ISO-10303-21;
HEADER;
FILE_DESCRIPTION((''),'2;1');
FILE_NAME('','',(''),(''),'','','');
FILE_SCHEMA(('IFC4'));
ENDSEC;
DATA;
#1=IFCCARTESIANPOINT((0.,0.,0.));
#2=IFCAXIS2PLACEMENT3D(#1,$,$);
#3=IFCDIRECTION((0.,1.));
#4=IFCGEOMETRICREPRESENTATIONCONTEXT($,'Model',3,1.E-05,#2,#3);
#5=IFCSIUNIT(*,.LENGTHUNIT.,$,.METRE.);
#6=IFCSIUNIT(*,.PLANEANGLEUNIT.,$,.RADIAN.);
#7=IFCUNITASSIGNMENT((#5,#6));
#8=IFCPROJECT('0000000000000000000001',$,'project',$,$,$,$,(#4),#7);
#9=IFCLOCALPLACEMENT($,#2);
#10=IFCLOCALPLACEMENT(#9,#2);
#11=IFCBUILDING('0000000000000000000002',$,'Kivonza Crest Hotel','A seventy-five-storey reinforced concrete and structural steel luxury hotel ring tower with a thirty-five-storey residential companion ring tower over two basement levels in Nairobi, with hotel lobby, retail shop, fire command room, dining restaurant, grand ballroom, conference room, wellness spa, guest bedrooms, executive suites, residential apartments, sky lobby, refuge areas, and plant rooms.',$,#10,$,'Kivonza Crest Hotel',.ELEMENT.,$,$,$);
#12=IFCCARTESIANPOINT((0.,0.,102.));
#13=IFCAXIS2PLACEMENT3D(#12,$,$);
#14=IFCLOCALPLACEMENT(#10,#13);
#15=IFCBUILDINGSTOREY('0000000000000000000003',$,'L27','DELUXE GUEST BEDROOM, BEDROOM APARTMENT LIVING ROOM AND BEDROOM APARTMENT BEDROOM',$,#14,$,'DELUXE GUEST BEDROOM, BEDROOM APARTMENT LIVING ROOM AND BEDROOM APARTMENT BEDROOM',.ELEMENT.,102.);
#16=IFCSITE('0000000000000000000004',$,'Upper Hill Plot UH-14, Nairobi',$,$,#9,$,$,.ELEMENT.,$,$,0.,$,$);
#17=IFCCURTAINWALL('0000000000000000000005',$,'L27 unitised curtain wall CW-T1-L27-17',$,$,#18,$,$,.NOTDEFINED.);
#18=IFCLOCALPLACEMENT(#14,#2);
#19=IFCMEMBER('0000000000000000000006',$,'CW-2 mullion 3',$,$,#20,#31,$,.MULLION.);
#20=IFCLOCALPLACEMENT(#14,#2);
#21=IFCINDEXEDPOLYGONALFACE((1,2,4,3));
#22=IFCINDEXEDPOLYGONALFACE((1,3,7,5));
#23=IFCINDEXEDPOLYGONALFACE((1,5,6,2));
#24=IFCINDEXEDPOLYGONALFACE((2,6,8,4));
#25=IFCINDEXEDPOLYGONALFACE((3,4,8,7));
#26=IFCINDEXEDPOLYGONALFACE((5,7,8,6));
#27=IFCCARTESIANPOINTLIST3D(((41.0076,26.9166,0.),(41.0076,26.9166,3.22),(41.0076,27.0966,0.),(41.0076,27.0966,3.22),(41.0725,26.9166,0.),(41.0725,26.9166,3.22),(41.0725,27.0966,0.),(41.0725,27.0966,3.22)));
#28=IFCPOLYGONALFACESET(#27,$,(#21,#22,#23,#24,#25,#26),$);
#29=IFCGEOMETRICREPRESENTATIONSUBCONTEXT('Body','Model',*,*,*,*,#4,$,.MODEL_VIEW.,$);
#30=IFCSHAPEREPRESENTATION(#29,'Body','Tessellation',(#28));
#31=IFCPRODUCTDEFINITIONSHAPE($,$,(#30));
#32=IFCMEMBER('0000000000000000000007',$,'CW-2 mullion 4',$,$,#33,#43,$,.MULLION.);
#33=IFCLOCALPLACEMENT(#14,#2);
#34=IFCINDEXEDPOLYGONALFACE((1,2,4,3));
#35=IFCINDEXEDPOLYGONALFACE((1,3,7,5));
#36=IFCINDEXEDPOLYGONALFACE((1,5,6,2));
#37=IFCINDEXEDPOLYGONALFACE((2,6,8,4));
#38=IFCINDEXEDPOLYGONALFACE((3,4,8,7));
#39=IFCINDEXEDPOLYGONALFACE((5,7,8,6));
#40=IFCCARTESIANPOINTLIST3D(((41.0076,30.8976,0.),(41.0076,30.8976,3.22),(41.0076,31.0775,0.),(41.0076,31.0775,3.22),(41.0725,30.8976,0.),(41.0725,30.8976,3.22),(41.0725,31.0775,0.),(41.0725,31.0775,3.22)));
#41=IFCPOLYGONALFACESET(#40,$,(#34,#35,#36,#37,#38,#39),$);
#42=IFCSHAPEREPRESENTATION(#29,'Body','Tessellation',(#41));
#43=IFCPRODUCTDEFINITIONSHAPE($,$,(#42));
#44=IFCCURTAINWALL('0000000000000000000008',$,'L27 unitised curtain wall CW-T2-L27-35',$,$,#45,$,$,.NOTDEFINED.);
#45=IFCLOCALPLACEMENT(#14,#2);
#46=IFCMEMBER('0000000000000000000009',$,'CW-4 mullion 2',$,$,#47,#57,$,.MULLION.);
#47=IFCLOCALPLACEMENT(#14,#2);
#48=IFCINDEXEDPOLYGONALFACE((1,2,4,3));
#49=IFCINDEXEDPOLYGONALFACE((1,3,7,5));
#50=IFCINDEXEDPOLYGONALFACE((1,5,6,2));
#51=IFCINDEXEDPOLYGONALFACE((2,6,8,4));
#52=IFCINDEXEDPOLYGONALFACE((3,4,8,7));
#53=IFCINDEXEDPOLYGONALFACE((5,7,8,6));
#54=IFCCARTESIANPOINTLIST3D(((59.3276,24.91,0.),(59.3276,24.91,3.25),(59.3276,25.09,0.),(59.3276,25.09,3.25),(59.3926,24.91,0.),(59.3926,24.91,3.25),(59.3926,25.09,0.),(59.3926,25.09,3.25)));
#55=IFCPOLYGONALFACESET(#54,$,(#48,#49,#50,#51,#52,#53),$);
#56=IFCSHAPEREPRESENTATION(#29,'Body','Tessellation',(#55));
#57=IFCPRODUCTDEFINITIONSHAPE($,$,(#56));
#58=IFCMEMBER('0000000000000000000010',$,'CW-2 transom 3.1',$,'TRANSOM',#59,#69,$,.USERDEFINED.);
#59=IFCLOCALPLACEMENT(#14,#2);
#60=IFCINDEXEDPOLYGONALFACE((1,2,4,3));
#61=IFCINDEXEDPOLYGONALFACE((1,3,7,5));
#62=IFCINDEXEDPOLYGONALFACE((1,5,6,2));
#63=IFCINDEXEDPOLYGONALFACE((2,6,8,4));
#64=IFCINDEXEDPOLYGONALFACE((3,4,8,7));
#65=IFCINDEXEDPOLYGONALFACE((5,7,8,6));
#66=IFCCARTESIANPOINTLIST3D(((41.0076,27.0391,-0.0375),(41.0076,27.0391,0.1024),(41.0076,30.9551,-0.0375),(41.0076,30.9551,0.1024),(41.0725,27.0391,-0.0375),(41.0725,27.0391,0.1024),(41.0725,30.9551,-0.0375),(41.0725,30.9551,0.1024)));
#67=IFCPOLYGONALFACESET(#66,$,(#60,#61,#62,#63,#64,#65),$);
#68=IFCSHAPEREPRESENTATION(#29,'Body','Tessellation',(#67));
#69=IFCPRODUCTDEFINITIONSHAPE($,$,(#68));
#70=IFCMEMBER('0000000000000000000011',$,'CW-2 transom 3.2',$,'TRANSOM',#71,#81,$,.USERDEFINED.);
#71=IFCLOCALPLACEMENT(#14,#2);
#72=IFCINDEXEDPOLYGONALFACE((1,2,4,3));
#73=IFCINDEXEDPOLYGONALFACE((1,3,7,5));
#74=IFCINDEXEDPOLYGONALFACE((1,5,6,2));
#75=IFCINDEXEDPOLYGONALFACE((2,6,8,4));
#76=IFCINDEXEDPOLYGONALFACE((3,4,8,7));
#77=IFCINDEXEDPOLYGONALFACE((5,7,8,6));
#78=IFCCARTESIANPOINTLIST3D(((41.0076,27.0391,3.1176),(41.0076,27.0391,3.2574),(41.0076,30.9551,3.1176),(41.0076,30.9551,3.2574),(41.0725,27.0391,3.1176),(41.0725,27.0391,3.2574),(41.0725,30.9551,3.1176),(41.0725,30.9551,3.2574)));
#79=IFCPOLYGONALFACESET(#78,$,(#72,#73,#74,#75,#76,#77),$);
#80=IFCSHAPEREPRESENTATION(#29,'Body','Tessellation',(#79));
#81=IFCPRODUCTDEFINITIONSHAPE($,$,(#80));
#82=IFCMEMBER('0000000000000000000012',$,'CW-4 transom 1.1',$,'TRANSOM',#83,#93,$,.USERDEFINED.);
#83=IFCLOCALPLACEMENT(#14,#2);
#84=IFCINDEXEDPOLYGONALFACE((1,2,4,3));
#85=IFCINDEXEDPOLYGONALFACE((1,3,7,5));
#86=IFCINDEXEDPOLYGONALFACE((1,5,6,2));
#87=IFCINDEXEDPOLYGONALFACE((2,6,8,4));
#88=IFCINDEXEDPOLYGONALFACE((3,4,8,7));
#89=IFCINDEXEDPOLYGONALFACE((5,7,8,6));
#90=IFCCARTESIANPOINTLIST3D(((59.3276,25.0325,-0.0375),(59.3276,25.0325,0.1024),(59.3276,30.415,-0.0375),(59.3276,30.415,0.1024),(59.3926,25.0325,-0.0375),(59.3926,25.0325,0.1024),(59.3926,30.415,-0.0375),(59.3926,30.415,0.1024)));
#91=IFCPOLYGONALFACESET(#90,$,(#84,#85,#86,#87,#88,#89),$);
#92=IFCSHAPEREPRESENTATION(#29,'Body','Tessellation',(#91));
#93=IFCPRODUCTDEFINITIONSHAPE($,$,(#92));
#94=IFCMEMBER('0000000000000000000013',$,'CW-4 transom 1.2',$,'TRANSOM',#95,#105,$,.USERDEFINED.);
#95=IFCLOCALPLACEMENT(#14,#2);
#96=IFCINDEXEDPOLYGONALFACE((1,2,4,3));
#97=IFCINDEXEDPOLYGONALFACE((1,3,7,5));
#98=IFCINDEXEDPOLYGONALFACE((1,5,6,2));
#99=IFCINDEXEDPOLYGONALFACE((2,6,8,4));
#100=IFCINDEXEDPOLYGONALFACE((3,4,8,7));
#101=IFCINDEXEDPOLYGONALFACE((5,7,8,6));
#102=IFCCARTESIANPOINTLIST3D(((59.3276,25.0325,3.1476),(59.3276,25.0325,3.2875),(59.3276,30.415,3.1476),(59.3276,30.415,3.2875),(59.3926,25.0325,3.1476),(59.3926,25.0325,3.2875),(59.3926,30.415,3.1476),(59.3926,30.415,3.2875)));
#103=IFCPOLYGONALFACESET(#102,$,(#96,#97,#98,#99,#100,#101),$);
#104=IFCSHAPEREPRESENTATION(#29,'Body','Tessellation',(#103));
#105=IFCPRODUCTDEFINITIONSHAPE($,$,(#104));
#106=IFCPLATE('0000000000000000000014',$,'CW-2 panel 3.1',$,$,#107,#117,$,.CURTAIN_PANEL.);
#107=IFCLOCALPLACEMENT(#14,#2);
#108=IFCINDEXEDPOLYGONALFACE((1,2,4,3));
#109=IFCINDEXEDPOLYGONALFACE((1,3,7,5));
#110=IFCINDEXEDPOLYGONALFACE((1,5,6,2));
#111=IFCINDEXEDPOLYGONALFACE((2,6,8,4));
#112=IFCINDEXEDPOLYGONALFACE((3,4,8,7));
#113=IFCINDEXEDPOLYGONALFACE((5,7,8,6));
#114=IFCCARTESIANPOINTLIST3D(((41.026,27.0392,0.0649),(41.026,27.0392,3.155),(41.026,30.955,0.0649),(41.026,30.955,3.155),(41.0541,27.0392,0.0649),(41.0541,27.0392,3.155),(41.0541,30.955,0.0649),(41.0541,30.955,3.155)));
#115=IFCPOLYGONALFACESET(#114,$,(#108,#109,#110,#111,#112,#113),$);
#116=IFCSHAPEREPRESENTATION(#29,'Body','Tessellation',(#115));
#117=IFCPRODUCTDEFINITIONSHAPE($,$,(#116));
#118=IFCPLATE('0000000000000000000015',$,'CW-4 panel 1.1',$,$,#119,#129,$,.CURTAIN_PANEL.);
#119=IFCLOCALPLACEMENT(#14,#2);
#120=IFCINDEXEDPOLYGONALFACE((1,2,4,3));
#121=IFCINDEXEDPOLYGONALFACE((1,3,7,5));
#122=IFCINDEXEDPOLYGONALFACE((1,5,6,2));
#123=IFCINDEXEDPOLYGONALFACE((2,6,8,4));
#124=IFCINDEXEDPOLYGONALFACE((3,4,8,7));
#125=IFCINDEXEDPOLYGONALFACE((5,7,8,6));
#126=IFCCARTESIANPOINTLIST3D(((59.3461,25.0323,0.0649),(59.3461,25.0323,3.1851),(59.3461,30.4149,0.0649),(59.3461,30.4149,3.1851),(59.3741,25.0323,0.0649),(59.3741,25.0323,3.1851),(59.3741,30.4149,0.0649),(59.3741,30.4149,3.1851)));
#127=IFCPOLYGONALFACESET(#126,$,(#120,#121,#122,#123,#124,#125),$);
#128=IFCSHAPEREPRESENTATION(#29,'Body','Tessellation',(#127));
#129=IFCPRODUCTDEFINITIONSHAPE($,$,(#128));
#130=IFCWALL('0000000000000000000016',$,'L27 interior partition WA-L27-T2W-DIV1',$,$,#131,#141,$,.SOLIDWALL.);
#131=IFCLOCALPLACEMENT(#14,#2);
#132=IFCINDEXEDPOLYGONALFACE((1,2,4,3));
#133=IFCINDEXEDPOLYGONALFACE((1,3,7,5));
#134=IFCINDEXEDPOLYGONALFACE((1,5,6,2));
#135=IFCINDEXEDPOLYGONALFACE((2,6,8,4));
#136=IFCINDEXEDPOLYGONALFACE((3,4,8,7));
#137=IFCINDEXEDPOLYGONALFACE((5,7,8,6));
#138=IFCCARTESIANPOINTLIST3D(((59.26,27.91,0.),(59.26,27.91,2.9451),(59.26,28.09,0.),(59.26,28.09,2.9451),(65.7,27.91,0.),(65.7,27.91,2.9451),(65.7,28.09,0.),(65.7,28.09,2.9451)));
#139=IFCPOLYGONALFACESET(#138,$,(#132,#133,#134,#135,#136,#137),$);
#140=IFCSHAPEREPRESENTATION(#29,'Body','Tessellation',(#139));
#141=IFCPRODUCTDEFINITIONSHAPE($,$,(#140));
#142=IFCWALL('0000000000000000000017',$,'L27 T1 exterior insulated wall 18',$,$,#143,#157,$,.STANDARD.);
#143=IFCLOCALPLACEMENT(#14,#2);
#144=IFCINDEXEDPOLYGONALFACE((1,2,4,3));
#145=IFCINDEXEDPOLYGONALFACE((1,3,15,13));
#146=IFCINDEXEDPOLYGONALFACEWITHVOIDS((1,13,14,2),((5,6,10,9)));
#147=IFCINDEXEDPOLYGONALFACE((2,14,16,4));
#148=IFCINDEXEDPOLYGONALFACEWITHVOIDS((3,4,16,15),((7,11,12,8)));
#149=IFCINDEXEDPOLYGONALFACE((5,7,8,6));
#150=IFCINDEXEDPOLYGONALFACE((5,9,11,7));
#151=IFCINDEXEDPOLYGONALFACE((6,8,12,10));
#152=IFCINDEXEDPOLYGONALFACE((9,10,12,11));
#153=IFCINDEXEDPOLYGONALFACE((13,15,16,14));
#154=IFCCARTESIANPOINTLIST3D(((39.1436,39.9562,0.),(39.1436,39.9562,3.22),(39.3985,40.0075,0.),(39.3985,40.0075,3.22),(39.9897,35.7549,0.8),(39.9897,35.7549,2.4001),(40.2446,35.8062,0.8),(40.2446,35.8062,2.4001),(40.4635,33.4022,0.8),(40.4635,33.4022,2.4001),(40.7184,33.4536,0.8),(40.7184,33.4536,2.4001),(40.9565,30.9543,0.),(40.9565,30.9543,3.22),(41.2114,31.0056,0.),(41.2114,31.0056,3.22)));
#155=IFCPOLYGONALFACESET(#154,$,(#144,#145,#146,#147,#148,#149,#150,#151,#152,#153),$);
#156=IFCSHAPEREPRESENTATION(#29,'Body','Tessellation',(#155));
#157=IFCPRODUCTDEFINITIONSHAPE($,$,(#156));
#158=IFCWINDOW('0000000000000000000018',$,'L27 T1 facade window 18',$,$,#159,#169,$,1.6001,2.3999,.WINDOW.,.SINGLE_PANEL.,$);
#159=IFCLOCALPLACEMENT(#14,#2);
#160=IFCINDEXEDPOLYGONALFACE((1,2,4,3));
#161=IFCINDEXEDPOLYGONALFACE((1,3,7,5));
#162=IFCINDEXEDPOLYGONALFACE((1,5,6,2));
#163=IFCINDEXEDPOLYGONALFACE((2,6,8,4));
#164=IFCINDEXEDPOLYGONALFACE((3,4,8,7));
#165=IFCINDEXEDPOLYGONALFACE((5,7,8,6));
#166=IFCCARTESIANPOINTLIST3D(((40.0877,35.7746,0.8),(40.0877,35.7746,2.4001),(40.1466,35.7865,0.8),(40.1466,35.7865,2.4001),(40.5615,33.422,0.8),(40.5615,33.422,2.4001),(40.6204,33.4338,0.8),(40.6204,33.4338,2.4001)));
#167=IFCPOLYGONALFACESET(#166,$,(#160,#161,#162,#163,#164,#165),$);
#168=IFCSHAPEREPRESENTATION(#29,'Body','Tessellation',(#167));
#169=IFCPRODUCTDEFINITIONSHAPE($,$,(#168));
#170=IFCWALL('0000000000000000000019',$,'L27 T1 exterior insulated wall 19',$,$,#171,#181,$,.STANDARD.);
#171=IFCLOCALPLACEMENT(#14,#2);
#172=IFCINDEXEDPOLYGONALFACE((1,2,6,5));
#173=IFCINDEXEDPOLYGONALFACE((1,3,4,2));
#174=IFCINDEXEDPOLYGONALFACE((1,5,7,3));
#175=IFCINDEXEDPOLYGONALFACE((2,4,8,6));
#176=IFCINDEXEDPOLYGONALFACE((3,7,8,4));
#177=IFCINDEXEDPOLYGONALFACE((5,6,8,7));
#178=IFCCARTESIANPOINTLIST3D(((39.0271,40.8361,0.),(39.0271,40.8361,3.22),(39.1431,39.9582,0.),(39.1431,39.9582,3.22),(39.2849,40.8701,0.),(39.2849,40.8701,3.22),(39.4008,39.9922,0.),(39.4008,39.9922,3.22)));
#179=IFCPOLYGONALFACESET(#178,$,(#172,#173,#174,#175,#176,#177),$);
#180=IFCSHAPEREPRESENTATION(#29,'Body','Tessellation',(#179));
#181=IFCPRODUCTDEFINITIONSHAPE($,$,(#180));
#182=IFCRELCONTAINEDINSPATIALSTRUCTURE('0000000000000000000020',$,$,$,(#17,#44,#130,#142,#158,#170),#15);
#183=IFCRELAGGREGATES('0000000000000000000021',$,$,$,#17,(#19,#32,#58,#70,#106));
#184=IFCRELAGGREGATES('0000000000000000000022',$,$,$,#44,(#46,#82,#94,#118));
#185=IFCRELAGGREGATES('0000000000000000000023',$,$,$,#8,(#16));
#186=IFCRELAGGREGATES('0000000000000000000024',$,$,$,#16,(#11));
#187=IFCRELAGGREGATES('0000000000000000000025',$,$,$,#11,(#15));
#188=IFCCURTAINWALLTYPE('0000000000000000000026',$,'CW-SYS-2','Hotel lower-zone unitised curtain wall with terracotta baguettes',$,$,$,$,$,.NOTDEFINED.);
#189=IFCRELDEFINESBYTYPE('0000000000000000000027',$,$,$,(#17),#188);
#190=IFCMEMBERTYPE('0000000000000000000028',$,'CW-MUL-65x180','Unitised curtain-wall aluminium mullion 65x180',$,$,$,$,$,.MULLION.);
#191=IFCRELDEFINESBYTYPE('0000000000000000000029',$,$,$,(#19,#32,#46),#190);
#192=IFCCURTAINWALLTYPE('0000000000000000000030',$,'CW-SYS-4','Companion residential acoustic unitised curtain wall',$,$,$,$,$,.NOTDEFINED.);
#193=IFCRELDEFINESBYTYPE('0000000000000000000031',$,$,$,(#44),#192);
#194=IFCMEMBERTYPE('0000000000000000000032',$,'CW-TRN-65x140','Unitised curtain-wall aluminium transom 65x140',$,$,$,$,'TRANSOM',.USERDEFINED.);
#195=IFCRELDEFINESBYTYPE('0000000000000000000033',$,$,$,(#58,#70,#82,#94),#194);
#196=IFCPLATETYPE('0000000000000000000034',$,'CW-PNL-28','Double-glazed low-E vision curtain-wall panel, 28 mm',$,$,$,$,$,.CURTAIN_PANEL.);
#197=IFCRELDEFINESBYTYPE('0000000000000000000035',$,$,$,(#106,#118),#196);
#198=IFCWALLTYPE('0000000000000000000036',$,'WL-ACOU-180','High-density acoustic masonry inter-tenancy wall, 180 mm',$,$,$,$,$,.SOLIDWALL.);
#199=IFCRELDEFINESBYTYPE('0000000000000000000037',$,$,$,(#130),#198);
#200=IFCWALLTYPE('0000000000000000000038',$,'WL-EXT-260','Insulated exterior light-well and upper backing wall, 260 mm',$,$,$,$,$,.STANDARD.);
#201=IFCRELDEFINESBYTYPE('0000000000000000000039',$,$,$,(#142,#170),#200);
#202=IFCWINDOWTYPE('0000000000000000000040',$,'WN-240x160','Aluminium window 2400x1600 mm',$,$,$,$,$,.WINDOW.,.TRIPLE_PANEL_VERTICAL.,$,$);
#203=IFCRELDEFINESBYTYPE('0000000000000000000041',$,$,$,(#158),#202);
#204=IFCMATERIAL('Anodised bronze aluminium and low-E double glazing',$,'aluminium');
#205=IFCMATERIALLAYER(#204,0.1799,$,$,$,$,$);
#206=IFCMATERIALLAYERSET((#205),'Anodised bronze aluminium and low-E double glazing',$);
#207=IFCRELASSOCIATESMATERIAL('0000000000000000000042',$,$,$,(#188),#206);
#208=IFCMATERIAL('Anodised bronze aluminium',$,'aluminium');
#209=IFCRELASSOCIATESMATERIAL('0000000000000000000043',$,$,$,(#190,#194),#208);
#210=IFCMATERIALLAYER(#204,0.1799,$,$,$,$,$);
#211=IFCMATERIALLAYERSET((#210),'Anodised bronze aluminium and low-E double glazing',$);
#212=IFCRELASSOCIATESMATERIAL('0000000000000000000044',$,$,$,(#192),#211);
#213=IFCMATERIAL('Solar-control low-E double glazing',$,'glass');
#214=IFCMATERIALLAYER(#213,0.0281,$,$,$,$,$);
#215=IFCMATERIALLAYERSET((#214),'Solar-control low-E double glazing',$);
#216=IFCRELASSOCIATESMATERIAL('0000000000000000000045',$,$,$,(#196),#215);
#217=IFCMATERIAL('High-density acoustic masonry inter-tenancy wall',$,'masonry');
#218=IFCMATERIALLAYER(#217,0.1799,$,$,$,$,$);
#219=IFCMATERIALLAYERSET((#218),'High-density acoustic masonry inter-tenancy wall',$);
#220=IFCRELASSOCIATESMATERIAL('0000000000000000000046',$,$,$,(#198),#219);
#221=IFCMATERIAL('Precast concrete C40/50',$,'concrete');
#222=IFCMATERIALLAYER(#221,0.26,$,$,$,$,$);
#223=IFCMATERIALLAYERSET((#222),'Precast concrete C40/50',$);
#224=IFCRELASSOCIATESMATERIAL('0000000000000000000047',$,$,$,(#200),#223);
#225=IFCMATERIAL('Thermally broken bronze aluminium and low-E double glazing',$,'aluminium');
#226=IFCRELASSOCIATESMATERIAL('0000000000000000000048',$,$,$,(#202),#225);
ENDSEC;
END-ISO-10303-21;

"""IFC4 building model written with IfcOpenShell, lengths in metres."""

from ifc_helpers import new_model, si_unit, direction, frame, frame_2d, origin, origin_2d, place, context, subcontext, project, spatial, rectangle, extrude, material, layer, layer_set, material_profile, profile_set, type_object, element, fill, aggregate, save


model = new_model("IFC4")

# Units and contexts
model_context = context("Model", 3, precision=1e-05, world=origin(), true_north=direction((0.0, 1.0)))
body_context = subcontext(model_context, "Body", "Model", "MODEL_VIEW")
ifc_project = project(units=[si_unit("LENGTHUNIT", "METRE"), si_unit("PLANEANGLEUNIT", "RADIAN")], contexts=[model_context])

# Site, building, storey
site_placement = place(None, origin())
site = spatial("IfcSite", under=ifc_project, at=site_placement, Name="Upper Hill Plot UH-14, Nairobi", CompositionType="ELEMENT", RefElevation=0.0)
building_placement = place(site_placement, origin())
building = spatial("IfcBuilding", under=site, at=building_placement, Name="Kivonza Crest Hotel", Description="A seventy-five-storey reinforced concrete and structural steel luxury hotel ring tower with a thirty-five-storey residential companion ring tower over two basement levels in Nairobi, with hotel lobby, retail shop, fire command room, dining restaurant, grand ballroom, conference room, wellness spa, guest bedrooms, executive suites, residential apartments, sky lobby, refuge areas, and plant rooms.", LongName="Kivonza Crest Hotel", CompositionType="ELEMENT")
storey_placement = place(building_placement, frame((0.0, 0.0, 102.0)))
storey = spatial("IfcBuildingStorey", under=building, at=storey_placement, Name="L27", Description="DELUXE GUEST BEDROOM, BEDROOM APARTMENT LIVING ROOM AND BEDROOM APARTMENT BEDROOM", LongName="DELUXE GUEST BEDROOM, BEDROOM APARTMENT LIVING ROOM AND BEDROOM APARTMENT BEDROOM", CompositionType="ELEMENT", Elevation=102.0)

# Curtain wall, members
ifc_material_1 = material(Name="Anodised bronze aluminium and low-E double glazing", Category="aluminium")
ifc_layer_1 = layer(ifc_material_1, 0.1799)
ifc_layer_set_1 = layer_set([ifc_layer_1], Name="Anodised bronze aluminium and low-E double glazing")
curtain_wall_type_1 = type_object("IfcCurtainWallType", Name="CW-SYS-2", Description="Hotel lower-zone unitised curtain wall with terracotta baguettes", PredefinedType="NOTDEFINED", material=ifc_layer_set_1)
curtain_wall_1_placement = place(storey_placement, origin())
curtain_wall_1 = element("IfcCurtainWall", 1, at=curtain_wall_1_placement, inside=storey, type_object=curtain_wall_type_1, Name="L27 unitised curtain wall CW-T1-L27-17", PredefinedType="NOTDEFINED")
ifc_material_2 = material(Name="Anodised bronze aluminium", Category="aluminium")
ifc_material_profile_1 = material_profile(ifc_material_2, rectangle(XDim=0.0649, YDim=0.1799, at=origin_2d()), Name="CW-M 65x180")
ifc_profile_set_1 = profile_set([ifc_material_profile_1], Name="Anodised bronze aluminium")
member_type_1 = type_object("IfcMemberType", Name="CW-MUL-65x180", Description="Unitised curtain-wall aluminium mullion 65x180", PredefinedType="MULLION", material=ifc_profile_set_1)
member_1_placement = place(storey_placement, frame((41.04, 27.0066, 0.0), z_axis=(0.0, 0.0, 1.0), x_axis=(-1.0, 0.0, 0.0)))
member_1 = element("IfcMember", 2, at=member_1_placement, type_object=member_type_1, Name="CW-2 mullion 3", PredefinedType="MULLION", context=body_context, shape_type="SweptSolid", body=[
    extrude(rectangle(XDim=0.0649, YDim=0.1799, at=origin_2d()), origin(), (0.0, 0.0, 1.0), 3.22),
])
member_2_placement = place(storey_placement, frame((41.04, 30.9875, 0.0), z_axis=(0.0, 0.0, 1.0), x_axis=(-1.0, 0.0, 0.0)))
member_2 = element("IfcMember", 3, at=member_2_placement, type_object=member_type_1, Name="CW-2 mullion 4", PredefinedType="MULLION", context=body_context, shape_type="SweptSolid", body=[
    extrude(rectangle(XDim=0.0649, YDim=0.1799, at=origin_2d()), origin(), (0.0, 0.0, 1.0), 3.22),
])

# Curtain wall, member
ifc_layer_2 = layer(ifc_material_1, 0.1799)
ifc_layer_set_2 = layer_set([ifc_layer_2], Name="Anodised bronze aluminium and low-E double glazing")
curtain_wall_type_2 = type_object("IfcCurtainWallType", Name="CW-SYS-4", Description="Companion residential acoustic unitised curtain wall", PredefinedType="NOTDEFINED", material=ifc_layer_set_2)
curtain_wall_2_placement = place(storey_placement, origin())
curtain_wall_2 = element("IfcCurtainWall", 4, at=curtain_wall_2_placement, inside=storey, type_object=curtain_wall_type_2, Name="L27 unitised curtain wall CW-T2-L27-35", PredefinedType="NOTDEFINED")
member_3_placement = place(storey_placement, frame((59.3601, 25.0, 0.0), z_axis=(0.0, 0.0, 1.0), x_axis=(1.0, 0.0, 0.0)))
member_3 = element("IfcMember", 5, at=member_3_placement, type_object=member_type_1, Name="CW-4 mullion 2", PredefinedType="MULLION", context=body_context, shape_type="SweptSolid", body=[
    extrude(rectangle(XDim=0.0649, YDim=0.1799, at=origin_2d()), origin(), (0.0, 0.0, 1.0), 3.25),
])

# Members
ifc_material_profile_2 = material_profile(ifc_material_2, rectangle(XDim=0.0649, YDim=0.1399, at=origin_2d()), Name="CW-T 65x140")
ifc_profile_set_2 = profile_set([ifc_material_profile_2], Name="Anodised bronze aluminium")
member_type_2 = type_object("IfcMemberType", Name="CW-TRN-65x140", Description="Unitised curtain-wall aluminium transom 65x140", ElementType="TRANSOM", PredefinedType="USERDEFINED", material=ifc_profile_set_2)
member_4_placement = place(storey_placement, frame((41.04, 27.0391, 0.0325), z_axis=(0.0, 1.0, 0.0), x_axis=(-1.0, 0.0, 0.0)))
member_4 = element("IfcMember", 6, at=member_4_placement, type_object=member_type_2, Name="CW-2 transom 3.1", ObjectType="TRANSOM", PredefinedType="USERDEFINED", context=body_context, shape_type="SweptSolid", body=[
    extrude(rectangle(XDim=0.0649, YDim=0.1399, at=origin_2d()), origin(), (0.0, 0.0, 1.0), 3.916),
])
member_5_placement = place(storey_placement, frame((41.04, 27.0391, 3.1875), z_axis=(0.0, 1.0, 0.0), x_axis=(-1.0, 0.0, 0.0)))
member_5 = element("IfcMember", 7, at=member_5_placement, type_object=member_type_2, Name="CW-2 transom 3.2", ObjectType="TRANSOM", PredefinedType="USERDEFINED", context=body_context, shape_type="SweptSolid", body=[
    extrude(rectangle(XDim=0.0649, YDim=0.1399, at=origin_2d()), origin(), (0.0, 0.0, 1.0), 3.916),
])
member_6_placement = place(storey_placement, frame((59.3601, 30.415, 0.0325), z_axis=(0.0, -1.0, 0.0), x_axis=(1.0, 0.0, 0.0)))
member_6 = element("IfcMember", 8, at=member_6_placement, type_object=member_type_2, Name="CW-4 transom 1.1", ObjectType="TRANSOM", PredefinedType="USERDEFINED", context=body_context, shape_type="SweptSolid", body=[
    extrude(rectangle(XDim=0.0649, YDim=0.1399, at=origin_2d()), origin(), (0.0, 0.0, 1.0), 5.3826),
])
member_7_placement = place(storey_placement, frame((59.3601, 30.415, 3.2175), z_axis=(0.0, -1.0, 0.0), x_axis=(1.0, 0.0, 0.0)))
member_7 = element("IfcMember", 9, at=member_7_placement, type_object=member_type_2, Name="CW-4 transom 1.2", ObjectType="TRANSOM", PredefinedType="USERDEFINED", context=body_context, shape_type="SweptSolid", body=[
    extrude(rectangle(XDim=0.0649, YDim=0.1399, at=origin_2d()), origin(), (0.0, 0.0, 1.0), 5.3826),
])

# Plates
ifc_material_3 = material(Name="Solar-control low-E double glazing", Category="glass")
ifc_layer_3 = layer(ifc_material_3, 0.0281)
ifc_layer_set_3 = layer_set([ifc_layer_3], Name="Solar-control low-E double glazing")
plate_type = type_object("IfcPlateType", Name="CW-PNL-28", Description="Double-glazed low-E vision curtain-wall panel, 28 mm", PredefinedType="CURTAIN_PANEL", material=ifc_layer_set_3)
plate_1_placement = place(storey_placement, frame((41.04, 28.9971, 0.0649), z_axis=(0.0, 0.0, 1.0), x_axis=(0.0, 1.0, 0.0)))
plate_1 = element("IfcPlate", 10, at=plate_1_placement, type_object=plate_type, Name="CW-2 panel 3.1", PredefinedType="CURTAIN_PANEL", context=body_context, shape_type="SweptSolid", body=[
    extrude(rectangle(XDim=3.9158, YDim=0.0281, at=origin_2d()), origin(), (0.0, 0.0, 1.0), 3.0901),
])
aggregate(curtain_wall_1, [member_1, member_2, member_4, member_5, plate_1])
plate_2_placement = place(storey_placement, frame((59.3601, 27.7236, 0.0649), z_axis=(0.0, 0.0, 1.0), x_axis=(0.0, -1.0, 0.0)))
plate_2 = element("IfcPlate", 11, at=plate_2_placement, type_object=plate_type, Name="CW-4 panel 1.1", PredefinedType="CURTAIN_PANEL", context=body_context, shape_type="SweptSolid", body=[
    extrude(rectangle(XDim=5.3826, YDim=0.0281, at=origin_2d()), origin(), (0.0, 0.0, 1.0), 3.1201),
])
aggregate(curtain_wall_2, [member_3, member_6, member_7, plate_2])

# Wall
ifc_material_4 = material(Name="High-density acoustic masonry inter-tenancy wall", Category="masonry")
ifc_layer_4 = layer(ifc_material_4, 0.1799)
ifc_layer_set_4 = layer_set([ifc_layer_4], Name="High-density acoustic masonry inter-tenancy wall")
wall_type_1 = type_object("IfcWallType", Name="WL-ACOU-180", Description="High-density acoustic masonry inter-tenancy wall, 180 mm", PredefinedType="SOLIDWALL", material=ifc_layer_set_4)
wall_1_placement = place(storey_placement, frame((59.26, 28.0, 0.0), z_axis=(0.0, 0.0, 1.0), x_axis=(1.0, 0.0, 0.0)))
element("IfcWall", 12, at=wall_1_placement, inside=storey, type_object=wall_type_1, Name="L27 interior partition WA-L27-T2W-DIV1", PredefinedType="SOLIDWALL", context=body_context, shape_type="SweptSolid", body=[
    extrude(rectangle(XDim=6.4399, YDim=0.1799, at=frame_2d((3.22, 0.0))), origin(), (0.0, 0.0, 1.0), 2.9451),
])

# Wall, opening, window
ifc_material_5 = material(Name="Precast concrete C40/50", Category="concrete")
ifc_layer_5 = layer(ifc_material_5, 0.26)
ifc_layer_set_5 = layer_set([ifc_layer_5], Name="Precast concrete C40/50")
wall_type_2 = type_object("IfcWallType", Name="WL-EXT-260", Description="Insulated exterior light-well and upper backing wall, 260 mm", PredefinedType="STANDARD", material=ifc_layer_set_5)
wall_2_placement = place(storey_placement, frame((41.084, 30.98, 0.0), z_axis=(0.0, 0.0, 1.0), x_axis=(-0.197435, 0.980316, 0.0)))
wall_2 = element("IfcWall", 13, at=wall_2_placement, inside=storey, type_object=wall_type_2, Name="L27 T1 exterior insulated wall 18", PredefinedType="STANDARD", context=body_context, shape_type="SweptSolid", body=[
    extrude(rectangle(XDim=9.1826, YDim=0.26, at=frame_2d((4.5913, 0.0))), origin(), (0.0, 0.0, 1.0), 3.22),
])
opening_placement = place(wall_2_placement, frame((2.4971, 0.0, 0.8)))
opening = element("IfcOpeningElement", 14, at=opening_placement, cuts=wall_2, PredefinedType="OPENING", context=body_context, shape_type="SweptSolid", body=[
    extrude(rectangle(XDim=2.3999, YDim=1.6001, at=frame_2d((1.2, 0.8))), frame((0.0, 0.1401, 0.0), z_axis=(0.0, -1.0, 0.0), x_axis=(1.0, 0.0, 0.0)), (0.0, 0.0, 1.0), 0.28),
])
ifc_material_6 = material(Name="Thermally broken bronze aluminium and low-E double glazing", Category="aluminium")
window_type = type_object("IfcWindowType", Name="WN-240x160", Description="Aluminium window 2400x1600 mm", PartitioningType="TRIPLE_PANEL_VERTICAL", PredefinedType="WINDOW", material=ifc_material_6)
window_placement = place(opening_placement, origin())
window = element("IfcWindow", 15, at=window_placement, inside=storey, type_object=window_type, Name="L27 T1 facade window 18", OverallHeight=1.6001, OverallWidth=2.3999, PartitioningType="SINGLE_PANEL", PredefinedType="WINDOW", context=body_context, shape_type="SweptSolid", body=[
    extrude(rectangle(XDim=2.3999, YDim=1.6001, at=frame_2d((1.2, 0.8))), frame((0.0, 0.03, 0.0), z_axis=(0.0, -1.0, 0.0), x_axis=(1.0, 0.0, 0.0)), (0.0, 0.0, 1.0), 0.0601),
])
fill(opening, window)

# Wall
wall_3_placement = place(storey_placement, frame((39.272, 39.9751, 0.0), z_axis=(0.0, 0.0, 1.0), x_axis=(-0.130954, 0.991388, 0.0)))
element("IfcWall", 16, at=wall_3_placement, inside=storey, type_object=wall_type_2, Name="L27 T1 exterior insulated wall 19", PredefinedType="STANDARD", context=body_context, shape_type="SweptSolid", body=[
    extrude(rectangle(XDim=0.8855, YDim=0.26, at=frame_2d((0.4429, 0.0))), origin(), (0.0, 0.0, 1.0), 3.22),
])

save(model, "model.ifc")
